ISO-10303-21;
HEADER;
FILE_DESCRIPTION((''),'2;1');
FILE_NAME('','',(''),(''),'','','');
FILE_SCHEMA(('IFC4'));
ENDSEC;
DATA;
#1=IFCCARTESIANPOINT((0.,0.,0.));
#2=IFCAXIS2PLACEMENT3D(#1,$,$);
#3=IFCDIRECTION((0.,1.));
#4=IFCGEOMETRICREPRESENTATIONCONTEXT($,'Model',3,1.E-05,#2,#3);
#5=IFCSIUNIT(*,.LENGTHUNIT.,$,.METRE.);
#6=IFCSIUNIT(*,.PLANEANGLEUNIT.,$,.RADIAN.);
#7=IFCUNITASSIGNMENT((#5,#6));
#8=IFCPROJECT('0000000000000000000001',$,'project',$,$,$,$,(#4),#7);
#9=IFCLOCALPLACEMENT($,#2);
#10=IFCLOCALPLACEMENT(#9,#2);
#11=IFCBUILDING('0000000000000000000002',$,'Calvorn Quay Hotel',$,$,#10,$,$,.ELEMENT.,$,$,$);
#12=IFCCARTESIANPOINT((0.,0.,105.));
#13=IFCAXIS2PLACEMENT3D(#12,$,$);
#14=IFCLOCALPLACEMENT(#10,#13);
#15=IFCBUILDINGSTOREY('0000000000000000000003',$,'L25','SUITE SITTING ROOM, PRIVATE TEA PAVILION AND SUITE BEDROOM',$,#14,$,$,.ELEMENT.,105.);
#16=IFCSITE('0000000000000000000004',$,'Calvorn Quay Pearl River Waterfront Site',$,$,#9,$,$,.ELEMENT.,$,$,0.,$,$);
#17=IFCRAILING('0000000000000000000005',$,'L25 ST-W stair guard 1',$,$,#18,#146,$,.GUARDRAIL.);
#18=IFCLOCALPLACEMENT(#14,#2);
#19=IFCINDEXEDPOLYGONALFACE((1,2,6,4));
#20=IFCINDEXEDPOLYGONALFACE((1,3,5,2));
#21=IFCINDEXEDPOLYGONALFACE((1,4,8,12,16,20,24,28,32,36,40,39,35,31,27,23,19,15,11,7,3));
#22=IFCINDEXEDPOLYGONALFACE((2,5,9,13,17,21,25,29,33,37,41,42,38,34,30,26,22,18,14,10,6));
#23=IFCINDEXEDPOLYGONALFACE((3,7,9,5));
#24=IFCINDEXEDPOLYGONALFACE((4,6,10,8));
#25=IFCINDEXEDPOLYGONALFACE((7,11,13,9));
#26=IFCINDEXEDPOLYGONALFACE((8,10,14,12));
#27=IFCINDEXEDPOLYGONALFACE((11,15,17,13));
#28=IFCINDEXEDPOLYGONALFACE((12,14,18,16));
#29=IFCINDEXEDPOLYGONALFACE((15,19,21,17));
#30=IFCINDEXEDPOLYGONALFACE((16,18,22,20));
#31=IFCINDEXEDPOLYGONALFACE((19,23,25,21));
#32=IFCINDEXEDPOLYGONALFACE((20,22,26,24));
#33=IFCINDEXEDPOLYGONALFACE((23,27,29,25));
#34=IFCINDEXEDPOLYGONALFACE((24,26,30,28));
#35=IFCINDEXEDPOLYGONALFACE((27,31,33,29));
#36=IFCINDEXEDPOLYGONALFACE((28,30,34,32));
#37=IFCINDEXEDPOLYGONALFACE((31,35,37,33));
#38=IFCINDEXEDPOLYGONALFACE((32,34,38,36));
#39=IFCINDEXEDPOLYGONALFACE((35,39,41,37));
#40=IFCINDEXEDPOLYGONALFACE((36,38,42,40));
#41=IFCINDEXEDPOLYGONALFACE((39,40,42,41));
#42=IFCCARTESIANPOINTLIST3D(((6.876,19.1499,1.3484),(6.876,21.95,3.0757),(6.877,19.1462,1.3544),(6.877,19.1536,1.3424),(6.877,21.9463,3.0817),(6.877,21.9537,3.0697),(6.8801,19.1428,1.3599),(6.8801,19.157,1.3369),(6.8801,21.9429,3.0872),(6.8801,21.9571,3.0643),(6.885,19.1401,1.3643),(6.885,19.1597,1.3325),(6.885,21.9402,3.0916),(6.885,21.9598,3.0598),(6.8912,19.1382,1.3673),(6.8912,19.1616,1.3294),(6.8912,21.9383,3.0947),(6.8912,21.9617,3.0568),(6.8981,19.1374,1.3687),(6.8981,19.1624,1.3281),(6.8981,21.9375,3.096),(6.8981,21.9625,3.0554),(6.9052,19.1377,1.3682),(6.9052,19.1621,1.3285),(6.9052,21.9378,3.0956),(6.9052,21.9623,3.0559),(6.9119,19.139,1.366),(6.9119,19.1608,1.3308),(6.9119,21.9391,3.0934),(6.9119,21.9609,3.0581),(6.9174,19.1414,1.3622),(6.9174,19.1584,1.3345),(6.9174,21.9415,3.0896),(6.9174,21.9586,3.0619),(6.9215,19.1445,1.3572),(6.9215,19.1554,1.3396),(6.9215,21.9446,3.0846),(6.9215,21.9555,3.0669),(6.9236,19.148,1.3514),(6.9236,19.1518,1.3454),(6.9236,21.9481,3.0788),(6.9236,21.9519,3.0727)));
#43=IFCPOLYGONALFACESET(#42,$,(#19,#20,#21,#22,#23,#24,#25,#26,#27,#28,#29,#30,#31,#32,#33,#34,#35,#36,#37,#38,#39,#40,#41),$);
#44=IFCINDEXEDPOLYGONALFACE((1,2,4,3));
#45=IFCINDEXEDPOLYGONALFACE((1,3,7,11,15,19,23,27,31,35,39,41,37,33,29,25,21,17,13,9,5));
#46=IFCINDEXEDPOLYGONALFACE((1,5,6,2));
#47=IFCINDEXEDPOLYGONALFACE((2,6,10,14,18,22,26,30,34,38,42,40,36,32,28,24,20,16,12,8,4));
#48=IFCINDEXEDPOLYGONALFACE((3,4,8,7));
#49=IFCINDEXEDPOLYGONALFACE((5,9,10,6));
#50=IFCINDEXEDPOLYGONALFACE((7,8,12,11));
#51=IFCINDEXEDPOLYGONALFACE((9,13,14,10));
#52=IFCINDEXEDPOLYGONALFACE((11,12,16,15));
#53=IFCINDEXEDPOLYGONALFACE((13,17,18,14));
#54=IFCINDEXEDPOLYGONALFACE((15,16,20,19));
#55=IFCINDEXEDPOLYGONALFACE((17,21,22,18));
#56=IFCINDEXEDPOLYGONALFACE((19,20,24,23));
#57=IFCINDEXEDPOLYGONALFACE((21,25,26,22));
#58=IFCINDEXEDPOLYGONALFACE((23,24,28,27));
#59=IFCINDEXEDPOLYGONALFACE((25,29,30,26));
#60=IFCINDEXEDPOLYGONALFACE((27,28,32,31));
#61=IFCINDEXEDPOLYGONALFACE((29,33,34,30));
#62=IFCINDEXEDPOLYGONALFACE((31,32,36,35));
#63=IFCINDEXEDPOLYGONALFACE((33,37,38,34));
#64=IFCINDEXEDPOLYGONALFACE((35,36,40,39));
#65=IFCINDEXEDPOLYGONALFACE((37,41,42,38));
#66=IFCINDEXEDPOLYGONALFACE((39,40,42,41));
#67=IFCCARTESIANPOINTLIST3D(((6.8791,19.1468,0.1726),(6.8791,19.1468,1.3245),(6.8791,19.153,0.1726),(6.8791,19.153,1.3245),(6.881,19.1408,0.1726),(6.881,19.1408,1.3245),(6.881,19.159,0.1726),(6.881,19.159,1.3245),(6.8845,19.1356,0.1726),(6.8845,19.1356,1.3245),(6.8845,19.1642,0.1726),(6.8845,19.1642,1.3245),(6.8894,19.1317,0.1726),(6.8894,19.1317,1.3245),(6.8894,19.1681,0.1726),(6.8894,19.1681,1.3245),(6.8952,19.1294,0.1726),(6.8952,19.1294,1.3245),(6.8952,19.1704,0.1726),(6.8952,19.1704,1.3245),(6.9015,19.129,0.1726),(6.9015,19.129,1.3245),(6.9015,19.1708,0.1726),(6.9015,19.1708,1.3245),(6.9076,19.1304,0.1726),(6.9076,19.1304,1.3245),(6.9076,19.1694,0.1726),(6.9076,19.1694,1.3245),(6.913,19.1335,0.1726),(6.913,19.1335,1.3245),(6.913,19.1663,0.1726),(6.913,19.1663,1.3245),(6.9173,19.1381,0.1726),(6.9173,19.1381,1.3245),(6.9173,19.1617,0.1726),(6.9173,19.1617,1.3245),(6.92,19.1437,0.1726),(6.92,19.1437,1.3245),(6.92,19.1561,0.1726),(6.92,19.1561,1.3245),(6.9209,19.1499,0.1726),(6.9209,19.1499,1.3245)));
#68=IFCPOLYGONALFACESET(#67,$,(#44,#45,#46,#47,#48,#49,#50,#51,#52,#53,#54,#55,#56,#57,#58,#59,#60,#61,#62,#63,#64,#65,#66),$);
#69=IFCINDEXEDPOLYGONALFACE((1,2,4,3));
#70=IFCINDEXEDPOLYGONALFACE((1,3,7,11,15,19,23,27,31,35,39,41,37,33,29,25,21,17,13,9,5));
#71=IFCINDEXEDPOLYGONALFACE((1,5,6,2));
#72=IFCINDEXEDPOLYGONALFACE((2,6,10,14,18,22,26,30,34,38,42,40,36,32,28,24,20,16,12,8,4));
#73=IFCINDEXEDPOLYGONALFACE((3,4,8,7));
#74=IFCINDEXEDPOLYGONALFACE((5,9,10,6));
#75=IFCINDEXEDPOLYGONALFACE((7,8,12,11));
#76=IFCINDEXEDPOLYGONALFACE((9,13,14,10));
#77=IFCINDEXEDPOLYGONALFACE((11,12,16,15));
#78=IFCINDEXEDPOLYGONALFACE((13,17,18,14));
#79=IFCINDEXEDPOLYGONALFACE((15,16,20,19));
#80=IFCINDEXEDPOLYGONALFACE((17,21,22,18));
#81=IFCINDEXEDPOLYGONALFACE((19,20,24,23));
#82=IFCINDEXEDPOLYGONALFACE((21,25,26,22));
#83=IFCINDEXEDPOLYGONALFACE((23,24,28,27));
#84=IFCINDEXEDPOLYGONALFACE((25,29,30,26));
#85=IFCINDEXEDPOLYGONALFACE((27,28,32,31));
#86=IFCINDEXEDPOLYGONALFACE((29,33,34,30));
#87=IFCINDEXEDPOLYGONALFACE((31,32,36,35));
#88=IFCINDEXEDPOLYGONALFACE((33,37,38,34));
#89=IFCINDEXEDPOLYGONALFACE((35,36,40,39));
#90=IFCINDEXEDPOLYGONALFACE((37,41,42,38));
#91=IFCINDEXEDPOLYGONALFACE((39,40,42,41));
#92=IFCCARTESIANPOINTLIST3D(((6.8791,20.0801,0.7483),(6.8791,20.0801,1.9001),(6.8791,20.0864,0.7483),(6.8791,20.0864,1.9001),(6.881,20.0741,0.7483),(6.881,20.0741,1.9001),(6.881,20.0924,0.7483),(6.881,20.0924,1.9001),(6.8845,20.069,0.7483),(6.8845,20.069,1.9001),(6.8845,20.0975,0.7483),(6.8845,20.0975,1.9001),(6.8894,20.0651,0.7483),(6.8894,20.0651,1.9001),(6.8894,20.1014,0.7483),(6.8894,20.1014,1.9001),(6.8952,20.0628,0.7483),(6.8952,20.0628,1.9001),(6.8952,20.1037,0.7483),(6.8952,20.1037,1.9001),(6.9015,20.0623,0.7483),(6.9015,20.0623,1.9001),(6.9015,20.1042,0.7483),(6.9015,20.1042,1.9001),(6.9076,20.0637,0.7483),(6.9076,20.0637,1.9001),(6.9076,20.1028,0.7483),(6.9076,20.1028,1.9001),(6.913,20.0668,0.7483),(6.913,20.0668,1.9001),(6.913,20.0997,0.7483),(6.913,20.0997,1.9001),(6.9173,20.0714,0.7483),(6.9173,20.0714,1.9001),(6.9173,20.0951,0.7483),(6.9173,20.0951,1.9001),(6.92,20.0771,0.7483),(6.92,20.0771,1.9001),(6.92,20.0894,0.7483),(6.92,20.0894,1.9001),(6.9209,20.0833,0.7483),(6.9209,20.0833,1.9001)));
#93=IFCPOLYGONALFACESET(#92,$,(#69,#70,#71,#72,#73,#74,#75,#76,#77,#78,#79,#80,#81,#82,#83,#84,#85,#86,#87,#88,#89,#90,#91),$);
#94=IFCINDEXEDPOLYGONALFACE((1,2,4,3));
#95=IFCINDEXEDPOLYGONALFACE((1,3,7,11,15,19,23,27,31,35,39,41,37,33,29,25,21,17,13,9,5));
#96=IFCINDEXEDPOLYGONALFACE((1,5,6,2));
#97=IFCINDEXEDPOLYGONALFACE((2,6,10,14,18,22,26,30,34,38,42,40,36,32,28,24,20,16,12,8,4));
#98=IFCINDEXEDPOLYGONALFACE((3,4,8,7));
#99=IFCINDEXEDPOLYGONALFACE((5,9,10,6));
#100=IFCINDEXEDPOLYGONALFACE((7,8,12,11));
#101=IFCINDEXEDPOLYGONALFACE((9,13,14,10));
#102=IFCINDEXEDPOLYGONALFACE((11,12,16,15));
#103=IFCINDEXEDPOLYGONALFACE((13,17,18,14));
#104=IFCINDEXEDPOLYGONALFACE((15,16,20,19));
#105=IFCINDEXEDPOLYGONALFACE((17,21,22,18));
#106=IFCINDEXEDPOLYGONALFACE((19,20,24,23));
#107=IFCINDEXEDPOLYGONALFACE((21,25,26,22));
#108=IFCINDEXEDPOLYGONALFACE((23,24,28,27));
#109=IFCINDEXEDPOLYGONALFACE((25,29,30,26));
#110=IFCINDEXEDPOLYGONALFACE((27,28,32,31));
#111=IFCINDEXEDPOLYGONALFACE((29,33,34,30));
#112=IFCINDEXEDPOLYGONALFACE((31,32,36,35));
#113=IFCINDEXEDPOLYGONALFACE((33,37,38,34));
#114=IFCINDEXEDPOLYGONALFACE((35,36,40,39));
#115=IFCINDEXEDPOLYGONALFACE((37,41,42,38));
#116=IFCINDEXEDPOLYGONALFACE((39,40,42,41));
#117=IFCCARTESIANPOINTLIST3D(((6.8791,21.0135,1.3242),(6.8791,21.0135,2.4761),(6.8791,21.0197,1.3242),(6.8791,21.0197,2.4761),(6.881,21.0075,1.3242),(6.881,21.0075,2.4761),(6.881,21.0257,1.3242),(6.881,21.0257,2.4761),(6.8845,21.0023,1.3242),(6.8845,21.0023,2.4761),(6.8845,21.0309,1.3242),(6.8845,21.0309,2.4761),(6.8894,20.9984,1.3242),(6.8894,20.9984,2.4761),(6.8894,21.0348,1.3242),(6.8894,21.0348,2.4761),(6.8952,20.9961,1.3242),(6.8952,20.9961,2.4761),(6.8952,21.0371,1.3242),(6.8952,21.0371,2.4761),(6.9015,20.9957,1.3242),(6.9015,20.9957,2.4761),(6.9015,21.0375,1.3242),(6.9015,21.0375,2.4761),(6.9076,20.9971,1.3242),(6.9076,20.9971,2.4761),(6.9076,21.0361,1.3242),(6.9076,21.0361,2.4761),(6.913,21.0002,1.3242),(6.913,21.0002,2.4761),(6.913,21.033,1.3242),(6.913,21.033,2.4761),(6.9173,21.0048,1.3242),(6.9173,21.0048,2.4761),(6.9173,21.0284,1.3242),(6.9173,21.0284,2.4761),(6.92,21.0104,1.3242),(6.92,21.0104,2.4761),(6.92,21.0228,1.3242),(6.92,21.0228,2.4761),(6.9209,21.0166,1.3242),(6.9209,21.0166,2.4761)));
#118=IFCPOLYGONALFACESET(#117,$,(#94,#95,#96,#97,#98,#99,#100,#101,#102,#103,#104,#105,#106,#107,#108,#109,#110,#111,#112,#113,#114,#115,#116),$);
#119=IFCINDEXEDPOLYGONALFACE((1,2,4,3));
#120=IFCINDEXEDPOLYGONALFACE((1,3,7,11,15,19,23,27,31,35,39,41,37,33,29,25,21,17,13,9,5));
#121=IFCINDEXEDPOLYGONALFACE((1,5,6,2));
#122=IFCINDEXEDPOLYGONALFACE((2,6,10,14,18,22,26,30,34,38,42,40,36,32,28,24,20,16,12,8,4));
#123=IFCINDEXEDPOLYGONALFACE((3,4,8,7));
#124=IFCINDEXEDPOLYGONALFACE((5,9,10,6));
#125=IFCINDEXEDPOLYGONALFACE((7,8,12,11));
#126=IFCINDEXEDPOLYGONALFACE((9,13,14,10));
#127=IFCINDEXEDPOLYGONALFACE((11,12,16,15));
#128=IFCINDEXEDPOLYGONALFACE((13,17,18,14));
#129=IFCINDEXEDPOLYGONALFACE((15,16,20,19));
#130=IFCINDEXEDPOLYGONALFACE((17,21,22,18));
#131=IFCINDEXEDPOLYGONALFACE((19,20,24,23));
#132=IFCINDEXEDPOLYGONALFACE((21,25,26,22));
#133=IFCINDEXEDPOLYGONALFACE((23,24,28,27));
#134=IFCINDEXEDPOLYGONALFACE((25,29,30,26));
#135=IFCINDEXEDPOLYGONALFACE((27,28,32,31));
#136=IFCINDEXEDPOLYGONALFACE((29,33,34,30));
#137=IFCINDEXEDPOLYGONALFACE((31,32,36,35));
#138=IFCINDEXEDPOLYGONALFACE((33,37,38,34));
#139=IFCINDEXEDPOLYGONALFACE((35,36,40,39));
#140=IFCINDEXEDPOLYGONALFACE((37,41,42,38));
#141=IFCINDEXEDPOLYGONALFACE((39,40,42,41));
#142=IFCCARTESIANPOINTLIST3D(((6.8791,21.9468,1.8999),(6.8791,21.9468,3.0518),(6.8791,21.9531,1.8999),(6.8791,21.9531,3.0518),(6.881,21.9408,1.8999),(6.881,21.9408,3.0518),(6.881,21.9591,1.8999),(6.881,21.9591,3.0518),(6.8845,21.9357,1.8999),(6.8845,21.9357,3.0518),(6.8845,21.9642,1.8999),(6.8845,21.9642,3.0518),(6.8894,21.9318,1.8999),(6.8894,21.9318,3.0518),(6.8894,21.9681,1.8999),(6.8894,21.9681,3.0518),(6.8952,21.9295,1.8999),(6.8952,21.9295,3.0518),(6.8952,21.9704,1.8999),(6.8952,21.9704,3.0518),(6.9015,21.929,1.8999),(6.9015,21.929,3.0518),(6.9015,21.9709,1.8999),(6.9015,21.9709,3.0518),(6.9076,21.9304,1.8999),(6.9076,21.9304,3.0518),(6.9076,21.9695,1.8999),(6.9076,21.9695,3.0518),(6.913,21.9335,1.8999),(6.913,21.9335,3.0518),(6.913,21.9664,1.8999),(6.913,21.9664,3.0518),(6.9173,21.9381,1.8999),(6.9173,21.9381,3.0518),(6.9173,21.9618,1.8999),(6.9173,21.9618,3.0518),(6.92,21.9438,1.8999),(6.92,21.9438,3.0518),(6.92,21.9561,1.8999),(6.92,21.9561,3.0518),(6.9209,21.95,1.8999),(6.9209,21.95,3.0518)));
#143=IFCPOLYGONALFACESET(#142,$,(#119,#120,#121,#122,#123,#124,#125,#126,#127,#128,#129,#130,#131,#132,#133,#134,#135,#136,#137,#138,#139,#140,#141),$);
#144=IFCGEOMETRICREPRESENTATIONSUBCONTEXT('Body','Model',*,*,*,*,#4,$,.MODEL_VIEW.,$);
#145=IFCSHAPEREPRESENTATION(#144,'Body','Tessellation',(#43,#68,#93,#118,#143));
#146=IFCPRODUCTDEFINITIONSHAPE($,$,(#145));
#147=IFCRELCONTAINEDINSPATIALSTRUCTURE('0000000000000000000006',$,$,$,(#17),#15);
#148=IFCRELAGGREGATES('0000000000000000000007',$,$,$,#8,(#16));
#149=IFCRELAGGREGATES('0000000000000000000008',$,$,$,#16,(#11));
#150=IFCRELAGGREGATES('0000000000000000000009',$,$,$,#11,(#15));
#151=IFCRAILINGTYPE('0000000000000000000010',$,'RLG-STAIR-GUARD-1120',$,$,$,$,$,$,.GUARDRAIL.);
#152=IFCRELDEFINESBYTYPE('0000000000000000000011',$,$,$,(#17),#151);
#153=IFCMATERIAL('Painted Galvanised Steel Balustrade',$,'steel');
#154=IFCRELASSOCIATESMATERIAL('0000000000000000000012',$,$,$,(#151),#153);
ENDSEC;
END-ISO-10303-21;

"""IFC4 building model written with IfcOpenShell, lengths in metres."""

from ifc_helpers import new_model, si_unit, direction, frame, origin, origin_2d, place, context, subcontext, project, spatial, circle, extrude, material, type_object, element, save


model = new_model("IFC4")

# Units and contexts
model_context = context("Model", 3, precision=1e-05, world=origin(), true_north=direction((0.0, 1.0)))
body_context = subcontext(model_context, "Body", "Model", "MODEL_VIEW")
ifc_project = project(units=[si_unit("LENGTHUNIT", "METRE"), si_unit("PLANEANGLEUNIT", "RADIAN")], contexts=[model_context])

# Site, building, storey
site_placement = place(None, origin())
site = spatial("IfcSite", under=ifc_project, at=site_placement, Name="Calvorn Quay Pearl River Waterfront Site", CompositionType="ELEMENT", RefElevation=0.0)
building_placement = place(site_placement, origin())
building = spatial("IfcBuilding", under=site, at=building_placement, Name="Calvorn Quay Hotel", CompositionType="ELEMENT")
storey_placement = place(building_placement, frame((0.0, 0.0, 105.0)))
storey = spatial("IfcBuildingStorey", under=building, at=storey_placement, Name="L25", Description="SUITE SITTING ROOM, PRIVATE TEA PAVILION AND SUITE BEDROOM", CompositionType="ELEMENT", Elevation=105.0)

# Railing
ifc_material_1 = material(Name="Painted Galvanised Steel Balustrade", Category="steel")
railing_type_1 = type_object("IfcRailingType", Name="RLG-STAIR-GUARD-1120", PredefinedType="GUARDRAIL", material=ifc_material_1)
railing_1_placement = place(storey_placement, frame((6.8999, 19.1499, 0.1726)))
element("IfcRailing", 1, at=railing_1_placement, inside=storey, type_object=railing_type_1, Name="L25 ST-W stair guard 1", PredefinedType="GUARDRAIL", context=body_context, shape_type="SweptSolid", body=[
    extrude(circle(Radius=0.0239, at=origin_2d()), frame((0.0, 0.0, 1.1758), z_axis=(0.0, 0.85109, 0.52502), x_axis=(-1.0, 0.0, 0.0)), (0.0, 0.0, 1.0), 3.29),
    extrude(circle(Radius=0.021, at=origin_2d()), origin(), (0.0, 0.0, 1.0), 1.1519),
    extrude(circle(Radius=0.021, at=origin_2d()), frame((0.0, 0.9333, 0.5757)), (0.0, 0.0, 1.0), 1.1519),
    extrude(circle(Radius=0.021, at=origin_2d()), frame((0.0, 1.8667, 1.1516)), (0.0, 0.0, 1.0), 1.1519),
    extrude(circle(Radius=0.021, at=origin_2d()), frame((0.0, 2.8, 1.7273)), (0.0, 0.0, 1.0), 1.1519),
])

save(model, "model.ifc")
